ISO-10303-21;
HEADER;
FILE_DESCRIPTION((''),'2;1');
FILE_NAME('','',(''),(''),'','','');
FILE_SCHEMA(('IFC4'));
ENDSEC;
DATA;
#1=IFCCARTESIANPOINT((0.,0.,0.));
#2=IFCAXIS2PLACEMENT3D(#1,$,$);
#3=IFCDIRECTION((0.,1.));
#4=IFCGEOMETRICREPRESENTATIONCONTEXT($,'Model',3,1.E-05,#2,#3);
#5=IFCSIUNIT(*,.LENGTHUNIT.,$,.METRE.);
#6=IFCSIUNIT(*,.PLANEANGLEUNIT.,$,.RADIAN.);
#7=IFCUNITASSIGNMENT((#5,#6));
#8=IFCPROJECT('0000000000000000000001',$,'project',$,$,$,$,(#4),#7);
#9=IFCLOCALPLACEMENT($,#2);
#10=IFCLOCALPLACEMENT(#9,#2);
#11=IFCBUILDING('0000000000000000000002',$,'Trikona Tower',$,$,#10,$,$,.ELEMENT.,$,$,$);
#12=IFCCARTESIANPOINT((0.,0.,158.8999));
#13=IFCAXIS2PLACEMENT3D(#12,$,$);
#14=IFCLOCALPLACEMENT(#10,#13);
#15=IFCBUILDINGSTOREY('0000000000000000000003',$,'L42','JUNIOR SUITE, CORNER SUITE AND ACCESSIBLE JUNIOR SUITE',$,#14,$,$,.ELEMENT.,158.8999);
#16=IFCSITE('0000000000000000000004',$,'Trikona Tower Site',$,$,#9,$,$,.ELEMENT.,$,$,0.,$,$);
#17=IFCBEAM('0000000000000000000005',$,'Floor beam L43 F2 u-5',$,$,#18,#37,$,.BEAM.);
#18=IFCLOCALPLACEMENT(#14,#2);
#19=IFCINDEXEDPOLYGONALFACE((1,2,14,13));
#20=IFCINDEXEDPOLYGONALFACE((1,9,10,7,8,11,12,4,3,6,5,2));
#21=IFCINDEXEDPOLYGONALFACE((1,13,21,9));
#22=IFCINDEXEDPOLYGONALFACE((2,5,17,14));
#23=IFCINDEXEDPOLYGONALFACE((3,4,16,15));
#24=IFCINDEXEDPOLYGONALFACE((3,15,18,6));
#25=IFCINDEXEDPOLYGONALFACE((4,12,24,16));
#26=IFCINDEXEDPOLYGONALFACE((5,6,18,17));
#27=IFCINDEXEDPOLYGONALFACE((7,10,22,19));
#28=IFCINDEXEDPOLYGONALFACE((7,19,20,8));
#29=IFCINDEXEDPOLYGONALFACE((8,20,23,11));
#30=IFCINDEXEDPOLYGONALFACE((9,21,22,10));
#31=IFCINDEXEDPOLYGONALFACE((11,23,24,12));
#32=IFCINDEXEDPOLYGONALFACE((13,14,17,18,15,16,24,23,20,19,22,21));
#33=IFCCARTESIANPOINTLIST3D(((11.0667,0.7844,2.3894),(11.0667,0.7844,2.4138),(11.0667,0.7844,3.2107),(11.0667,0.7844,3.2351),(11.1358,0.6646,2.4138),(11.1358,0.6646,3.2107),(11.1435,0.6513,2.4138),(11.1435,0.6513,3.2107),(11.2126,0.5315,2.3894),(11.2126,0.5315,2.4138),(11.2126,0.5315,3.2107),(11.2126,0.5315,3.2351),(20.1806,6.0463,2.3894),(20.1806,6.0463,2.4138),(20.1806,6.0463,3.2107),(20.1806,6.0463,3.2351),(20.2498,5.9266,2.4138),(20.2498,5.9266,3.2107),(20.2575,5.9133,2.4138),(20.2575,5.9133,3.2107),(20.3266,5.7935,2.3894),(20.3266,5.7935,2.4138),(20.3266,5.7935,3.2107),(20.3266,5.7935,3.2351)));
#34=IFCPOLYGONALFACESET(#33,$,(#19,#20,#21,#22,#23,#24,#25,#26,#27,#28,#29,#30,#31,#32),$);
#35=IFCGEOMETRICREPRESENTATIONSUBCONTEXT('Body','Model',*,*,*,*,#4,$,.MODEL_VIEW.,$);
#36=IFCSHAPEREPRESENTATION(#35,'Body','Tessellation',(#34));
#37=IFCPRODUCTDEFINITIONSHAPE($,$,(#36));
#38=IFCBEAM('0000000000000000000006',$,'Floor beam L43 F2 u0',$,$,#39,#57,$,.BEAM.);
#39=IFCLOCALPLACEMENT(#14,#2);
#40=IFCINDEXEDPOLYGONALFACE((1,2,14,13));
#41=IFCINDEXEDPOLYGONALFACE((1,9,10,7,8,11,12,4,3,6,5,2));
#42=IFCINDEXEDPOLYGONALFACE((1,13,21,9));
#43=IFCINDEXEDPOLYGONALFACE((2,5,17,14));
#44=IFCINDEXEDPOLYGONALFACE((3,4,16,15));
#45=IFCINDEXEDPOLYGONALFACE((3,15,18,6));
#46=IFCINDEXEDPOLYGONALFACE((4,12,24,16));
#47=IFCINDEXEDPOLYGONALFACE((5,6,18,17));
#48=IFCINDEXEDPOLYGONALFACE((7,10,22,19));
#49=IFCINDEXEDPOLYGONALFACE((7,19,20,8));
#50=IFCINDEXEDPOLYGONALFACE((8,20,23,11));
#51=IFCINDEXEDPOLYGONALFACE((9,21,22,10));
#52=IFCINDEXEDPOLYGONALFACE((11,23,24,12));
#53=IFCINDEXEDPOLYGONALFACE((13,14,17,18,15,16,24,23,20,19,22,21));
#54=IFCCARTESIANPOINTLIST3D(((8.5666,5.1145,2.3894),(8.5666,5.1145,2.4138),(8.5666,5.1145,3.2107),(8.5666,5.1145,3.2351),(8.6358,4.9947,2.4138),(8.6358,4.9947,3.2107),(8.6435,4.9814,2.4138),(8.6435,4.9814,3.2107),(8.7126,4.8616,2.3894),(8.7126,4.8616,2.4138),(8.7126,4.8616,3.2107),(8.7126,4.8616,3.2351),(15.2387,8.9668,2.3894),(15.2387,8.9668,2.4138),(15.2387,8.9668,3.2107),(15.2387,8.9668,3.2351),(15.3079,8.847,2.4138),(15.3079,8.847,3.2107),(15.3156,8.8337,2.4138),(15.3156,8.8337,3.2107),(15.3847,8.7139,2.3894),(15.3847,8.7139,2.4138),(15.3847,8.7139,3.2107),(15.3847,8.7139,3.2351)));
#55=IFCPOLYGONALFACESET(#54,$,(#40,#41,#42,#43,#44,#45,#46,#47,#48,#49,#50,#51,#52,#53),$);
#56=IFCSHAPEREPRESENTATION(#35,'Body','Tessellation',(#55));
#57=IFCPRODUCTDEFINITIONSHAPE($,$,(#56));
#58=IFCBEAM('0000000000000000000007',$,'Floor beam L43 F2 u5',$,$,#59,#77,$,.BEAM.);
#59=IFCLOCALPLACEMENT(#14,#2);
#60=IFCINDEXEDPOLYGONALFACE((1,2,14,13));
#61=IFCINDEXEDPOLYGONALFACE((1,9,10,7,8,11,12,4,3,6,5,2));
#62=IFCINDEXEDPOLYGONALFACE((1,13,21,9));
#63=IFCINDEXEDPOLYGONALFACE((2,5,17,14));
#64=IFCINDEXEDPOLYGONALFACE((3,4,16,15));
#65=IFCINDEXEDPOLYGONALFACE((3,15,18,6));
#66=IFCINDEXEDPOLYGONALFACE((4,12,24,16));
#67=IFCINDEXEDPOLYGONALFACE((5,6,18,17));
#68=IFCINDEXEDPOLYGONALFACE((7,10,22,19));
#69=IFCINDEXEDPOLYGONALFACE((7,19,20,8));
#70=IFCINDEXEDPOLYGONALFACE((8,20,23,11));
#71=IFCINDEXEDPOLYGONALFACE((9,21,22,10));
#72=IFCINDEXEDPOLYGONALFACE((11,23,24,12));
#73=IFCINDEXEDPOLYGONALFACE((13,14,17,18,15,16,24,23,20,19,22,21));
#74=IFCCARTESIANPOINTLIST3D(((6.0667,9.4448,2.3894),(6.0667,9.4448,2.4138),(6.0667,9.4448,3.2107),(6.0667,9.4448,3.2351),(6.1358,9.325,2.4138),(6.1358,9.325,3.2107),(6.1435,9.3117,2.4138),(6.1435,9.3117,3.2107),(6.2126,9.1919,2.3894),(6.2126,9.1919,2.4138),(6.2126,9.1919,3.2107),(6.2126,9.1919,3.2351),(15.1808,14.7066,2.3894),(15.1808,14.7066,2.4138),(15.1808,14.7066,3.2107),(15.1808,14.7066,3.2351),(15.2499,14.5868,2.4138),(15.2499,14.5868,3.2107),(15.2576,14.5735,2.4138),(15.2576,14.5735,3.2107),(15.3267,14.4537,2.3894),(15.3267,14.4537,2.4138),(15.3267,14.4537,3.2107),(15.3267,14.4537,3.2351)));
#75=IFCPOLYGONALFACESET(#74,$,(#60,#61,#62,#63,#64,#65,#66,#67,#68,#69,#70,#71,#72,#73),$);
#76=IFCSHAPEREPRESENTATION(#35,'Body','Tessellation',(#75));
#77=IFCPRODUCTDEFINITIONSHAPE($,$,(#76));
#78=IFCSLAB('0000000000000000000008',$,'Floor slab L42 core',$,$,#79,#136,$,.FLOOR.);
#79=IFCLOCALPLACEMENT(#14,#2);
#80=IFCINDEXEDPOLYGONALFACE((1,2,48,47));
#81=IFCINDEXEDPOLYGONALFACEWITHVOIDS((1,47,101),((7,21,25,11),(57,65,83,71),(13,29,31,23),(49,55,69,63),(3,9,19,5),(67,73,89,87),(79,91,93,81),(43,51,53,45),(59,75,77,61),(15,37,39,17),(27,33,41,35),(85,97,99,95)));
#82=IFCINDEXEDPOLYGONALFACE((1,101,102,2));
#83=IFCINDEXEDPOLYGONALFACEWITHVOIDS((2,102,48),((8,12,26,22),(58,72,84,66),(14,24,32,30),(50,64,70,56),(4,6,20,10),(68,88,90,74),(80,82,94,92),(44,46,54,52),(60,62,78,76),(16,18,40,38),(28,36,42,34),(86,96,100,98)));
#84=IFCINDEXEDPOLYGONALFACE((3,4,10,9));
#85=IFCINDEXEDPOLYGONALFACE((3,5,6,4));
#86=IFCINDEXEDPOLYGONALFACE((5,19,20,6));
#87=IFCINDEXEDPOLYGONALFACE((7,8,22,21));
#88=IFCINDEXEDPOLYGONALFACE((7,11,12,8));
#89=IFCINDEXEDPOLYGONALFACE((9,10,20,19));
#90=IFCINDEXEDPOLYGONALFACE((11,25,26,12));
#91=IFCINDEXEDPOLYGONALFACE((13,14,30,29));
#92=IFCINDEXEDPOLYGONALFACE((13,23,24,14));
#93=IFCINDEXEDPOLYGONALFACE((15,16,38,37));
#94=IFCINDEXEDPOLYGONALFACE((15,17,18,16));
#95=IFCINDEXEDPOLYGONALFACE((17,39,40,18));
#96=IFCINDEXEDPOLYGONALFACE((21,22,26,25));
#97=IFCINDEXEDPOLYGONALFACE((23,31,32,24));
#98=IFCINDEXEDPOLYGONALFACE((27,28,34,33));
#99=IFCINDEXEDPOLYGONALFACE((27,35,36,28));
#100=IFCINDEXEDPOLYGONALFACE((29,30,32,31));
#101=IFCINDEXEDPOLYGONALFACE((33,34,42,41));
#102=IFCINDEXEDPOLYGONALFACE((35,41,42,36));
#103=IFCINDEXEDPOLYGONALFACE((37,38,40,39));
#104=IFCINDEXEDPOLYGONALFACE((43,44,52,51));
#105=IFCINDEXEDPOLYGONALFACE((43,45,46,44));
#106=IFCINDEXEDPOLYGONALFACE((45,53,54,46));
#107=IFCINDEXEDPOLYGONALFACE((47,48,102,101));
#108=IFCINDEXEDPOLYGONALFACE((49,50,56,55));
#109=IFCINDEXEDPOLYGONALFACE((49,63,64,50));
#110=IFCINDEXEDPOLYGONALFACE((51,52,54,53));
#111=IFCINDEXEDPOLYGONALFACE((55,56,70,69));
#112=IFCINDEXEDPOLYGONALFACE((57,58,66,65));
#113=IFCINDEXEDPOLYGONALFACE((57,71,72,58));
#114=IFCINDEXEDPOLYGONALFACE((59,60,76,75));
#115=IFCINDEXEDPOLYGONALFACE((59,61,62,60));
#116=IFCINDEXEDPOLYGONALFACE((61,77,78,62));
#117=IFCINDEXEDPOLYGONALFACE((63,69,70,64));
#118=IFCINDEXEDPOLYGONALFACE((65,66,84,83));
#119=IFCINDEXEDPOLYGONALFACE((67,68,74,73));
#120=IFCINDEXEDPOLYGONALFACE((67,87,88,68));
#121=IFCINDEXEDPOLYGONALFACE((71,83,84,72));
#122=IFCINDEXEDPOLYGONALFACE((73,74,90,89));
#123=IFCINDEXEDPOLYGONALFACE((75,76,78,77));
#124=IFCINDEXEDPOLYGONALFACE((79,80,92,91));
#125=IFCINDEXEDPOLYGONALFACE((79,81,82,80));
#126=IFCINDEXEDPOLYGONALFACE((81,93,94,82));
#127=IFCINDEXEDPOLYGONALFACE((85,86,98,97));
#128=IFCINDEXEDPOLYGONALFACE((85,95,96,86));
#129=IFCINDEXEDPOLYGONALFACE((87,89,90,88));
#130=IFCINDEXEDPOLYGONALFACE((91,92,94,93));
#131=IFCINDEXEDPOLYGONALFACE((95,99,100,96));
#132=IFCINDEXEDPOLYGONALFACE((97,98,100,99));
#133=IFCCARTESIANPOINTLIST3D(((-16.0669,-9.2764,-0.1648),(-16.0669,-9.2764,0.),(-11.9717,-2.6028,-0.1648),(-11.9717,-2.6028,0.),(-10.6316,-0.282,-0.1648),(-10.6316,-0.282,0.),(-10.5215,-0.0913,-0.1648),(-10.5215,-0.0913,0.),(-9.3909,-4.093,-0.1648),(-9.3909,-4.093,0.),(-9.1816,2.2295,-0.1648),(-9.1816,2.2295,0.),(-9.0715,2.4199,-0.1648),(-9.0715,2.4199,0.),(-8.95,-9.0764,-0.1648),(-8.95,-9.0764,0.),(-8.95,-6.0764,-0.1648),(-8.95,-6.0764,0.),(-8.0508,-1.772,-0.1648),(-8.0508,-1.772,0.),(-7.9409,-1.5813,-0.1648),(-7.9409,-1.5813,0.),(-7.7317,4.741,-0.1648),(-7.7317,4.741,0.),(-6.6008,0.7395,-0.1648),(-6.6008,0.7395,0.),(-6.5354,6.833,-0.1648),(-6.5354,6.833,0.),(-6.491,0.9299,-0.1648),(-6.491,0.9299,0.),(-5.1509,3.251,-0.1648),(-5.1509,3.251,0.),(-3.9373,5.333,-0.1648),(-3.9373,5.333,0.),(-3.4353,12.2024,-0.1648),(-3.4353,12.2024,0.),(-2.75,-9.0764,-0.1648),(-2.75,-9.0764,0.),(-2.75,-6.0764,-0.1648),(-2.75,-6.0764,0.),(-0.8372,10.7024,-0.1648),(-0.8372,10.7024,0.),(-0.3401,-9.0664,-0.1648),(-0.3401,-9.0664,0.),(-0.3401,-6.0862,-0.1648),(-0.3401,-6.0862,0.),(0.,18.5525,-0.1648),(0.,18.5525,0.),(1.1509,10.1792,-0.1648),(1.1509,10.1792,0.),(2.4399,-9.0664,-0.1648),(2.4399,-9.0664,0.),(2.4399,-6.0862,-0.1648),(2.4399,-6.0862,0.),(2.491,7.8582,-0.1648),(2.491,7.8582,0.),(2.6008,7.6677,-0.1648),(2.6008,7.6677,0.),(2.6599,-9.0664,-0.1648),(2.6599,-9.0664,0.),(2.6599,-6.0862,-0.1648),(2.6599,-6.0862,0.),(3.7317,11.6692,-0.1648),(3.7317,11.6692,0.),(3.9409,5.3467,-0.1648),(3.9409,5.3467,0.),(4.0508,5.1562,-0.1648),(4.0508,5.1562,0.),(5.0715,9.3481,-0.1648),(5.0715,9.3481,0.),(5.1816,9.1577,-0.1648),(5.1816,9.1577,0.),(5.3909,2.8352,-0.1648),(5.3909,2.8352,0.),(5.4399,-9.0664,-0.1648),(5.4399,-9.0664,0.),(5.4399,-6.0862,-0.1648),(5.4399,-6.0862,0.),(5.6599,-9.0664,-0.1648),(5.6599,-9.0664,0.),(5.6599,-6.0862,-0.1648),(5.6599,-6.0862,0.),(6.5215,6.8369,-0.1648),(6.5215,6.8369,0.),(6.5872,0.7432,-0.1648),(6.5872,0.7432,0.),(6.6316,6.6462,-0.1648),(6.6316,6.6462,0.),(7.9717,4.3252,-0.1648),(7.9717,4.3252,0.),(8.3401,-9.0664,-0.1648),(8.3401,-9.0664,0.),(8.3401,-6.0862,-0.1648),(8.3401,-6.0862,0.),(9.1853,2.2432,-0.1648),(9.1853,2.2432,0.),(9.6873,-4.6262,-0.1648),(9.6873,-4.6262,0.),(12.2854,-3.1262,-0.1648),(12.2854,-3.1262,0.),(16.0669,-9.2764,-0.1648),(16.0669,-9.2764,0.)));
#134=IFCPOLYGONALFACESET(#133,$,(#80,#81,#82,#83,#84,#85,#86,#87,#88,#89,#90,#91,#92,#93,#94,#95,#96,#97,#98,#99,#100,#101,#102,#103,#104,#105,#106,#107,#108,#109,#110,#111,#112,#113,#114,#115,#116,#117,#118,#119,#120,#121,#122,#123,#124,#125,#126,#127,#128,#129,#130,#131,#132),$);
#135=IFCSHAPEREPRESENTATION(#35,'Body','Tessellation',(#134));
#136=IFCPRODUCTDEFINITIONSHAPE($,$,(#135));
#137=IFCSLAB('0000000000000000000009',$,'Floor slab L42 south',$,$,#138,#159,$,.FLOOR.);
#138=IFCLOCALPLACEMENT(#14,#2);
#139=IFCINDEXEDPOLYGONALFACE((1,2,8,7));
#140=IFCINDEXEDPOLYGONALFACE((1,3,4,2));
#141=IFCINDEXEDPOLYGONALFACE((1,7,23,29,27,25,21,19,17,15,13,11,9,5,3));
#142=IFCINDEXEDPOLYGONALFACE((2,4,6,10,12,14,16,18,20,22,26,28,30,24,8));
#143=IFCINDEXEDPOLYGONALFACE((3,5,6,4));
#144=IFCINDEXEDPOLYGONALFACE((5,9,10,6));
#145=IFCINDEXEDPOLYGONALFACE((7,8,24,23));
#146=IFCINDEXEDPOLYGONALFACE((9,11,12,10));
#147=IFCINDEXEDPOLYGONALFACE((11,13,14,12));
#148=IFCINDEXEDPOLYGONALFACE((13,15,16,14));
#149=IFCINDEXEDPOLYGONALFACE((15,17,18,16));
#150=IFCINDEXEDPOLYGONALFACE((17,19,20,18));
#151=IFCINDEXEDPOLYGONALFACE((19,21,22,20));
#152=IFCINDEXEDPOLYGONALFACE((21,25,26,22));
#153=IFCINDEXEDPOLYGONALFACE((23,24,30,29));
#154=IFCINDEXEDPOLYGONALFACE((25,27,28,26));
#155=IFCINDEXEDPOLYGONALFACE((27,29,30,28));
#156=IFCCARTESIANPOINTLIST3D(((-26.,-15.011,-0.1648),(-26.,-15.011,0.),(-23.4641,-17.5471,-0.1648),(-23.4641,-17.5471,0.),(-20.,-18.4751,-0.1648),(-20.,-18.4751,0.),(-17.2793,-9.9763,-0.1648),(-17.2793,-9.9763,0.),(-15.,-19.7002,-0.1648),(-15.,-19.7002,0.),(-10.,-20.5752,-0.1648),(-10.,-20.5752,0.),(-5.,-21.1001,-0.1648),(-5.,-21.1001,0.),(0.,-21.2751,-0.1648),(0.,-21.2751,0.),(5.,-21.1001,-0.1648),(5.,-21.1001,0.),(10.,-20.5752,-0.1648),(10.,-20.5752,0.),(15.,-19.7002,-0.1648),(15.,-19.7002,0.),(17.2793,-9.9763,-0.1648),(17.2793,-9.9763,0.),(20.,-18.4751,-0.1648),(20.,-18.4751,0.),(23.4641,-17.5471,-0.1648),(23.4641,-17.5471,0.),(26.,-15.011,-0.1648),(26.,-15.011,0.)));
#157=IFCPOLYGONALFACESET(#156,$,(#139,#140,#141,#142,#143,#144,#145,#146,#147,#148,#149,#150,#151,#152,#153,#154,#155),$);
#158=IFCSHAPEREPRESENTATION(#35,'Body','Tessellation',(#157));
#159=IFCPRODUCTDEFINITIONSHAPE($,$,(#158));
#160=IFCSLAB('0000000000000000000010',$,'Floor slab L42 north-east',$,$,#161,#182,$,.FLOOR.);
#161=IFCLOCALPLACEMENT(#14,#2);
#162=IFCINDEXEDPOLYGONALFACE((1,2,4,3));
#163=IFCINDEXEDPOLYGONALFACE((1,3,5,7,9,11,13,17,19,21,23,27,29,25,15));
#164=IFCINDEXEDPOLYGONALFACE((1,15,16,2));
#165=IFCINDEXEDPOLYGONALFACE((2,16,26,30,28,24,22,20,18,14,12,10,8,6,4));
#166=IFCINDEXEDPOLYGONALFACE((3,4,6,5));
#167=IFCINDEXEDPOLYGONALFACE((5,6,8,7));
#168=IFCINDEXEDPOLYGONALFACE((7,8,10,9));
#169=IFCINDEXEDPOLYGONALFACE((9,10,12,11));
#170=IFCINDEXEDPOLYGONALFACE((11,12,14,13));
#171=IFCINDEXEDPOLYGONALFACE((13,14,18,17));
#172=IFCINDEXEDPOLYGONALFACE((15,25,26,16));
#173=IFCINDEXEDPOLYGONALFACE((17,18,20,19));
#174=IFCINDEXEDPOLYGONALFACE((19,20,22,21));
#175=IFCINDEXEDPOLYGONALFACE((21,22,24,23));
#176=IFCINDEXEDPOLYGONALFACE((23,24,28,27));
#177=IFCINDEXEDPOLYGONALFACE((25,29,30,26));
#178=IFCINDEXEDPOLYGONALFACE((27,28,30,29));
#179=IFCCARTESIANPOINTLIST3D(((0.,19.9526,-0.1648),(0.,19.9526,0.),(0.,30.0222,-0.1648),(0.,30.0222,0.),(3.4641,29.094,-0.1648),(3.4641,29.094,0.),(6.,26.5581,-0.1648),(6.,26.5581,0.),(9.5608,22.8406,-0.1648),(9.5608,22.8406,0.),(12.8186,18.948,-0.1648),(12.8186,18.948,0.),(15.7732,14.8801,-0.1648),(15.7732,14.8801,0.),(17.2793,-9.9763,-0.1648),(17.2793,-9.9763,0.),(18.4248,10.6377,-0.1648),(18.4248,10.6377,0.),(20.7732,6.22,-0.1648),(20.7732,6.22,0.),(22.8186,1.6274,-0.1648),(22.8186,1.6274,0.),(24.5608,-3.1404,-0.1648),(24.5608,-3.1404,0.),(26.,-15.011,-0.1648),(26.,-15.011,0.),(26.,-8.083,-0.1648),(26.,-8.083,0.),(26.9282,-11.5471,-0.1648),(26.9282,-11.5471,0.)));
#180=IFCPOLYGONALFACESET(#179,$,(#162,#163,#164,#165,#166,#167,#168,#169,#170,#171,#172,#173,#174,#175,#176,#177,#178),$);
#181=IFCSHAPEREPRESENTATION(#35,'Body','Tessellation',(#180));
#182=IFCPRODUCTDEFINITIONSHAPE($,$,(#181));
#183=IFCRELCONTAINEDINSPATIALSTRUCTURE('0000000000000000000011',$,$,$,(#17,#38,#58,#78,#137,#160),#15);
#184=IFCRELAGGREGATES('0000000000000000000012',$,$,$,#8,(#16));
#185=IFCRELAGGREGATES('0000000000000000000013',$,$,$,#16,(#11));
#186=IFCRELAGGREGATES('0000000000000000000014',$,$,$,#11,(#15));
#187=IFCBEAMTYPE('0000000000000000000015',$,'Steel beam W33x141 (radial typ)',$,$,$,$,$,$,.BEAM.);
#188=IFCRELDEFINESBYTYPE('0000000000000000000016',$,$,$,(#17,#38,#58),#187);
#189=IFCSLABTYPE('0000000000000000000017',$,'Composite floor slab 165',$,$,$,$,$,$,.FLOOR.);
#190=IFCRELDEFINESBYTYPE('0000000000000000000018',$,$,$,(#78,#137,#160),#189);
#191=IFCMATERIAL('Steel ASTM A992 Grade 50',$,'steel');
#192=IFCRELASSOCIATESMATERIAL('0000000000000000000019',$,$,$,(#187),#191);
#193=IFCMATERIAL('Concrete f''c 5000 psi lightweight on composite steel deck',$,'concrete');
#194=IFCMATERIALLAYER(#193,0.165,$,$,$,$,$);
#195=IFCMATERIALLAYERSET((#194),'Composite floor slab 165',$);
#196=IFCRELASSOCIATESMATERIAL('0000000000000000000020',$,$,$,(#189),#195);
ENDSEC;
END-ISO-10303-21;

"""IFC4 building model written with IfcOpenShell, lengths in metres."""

from ifc_helpers import new_model, si_unit, direction, frame, origin, origin_2d, place, context, subcontext, project, spatial, polyline, i_section, outline, extrude, material, layer, layer_set, material_profile, profile_set, type_object, element, save


model = new_model("IFC4")

# Units and contexts
model_context = context("Model", 3, precision=1e-05, world=origin(), true_north=direction((0.0, 1.0)))
body_context = subcontext(model_context, "Body", "Model", "MODEL_VIEW")
ifc_project = project(units=[si_unit("LENGTHUNIT", "METRE"), si_unit("PLANEANGLEUNIT", "RADIAN")], contexts=[model_context])

# Site, building, storey
site_placement = place(None, origin())
site = spatial("IfcSite", under=ifc_project, at=site_placement, Name="Trikona Tower Site", CompositionType="ELEMENT", RefElevation=0.0)
building_placement = place(site_placement, origin())
building = spatial("IfcBuilding", under=site, at=building_placement, Name="Trikona Tower", CompositionType="ELEMENT")
storey_placement = place(building_placement, frame((0.0, 0.0, 158.8999)))
storey = spatial("IfcBuildingStorey", under=building, at=storey_placement, Name="L42", Description="JUNIOR SUITE, CORNER SUITE AND ACCESSIBLE JUNIOR SUITE", CompositionType="ELEMENT", Elevation=158.8999)

# Beams
ifc_material_1 = material(Name="Steel ASTM A992 Grade 50", Category="steel")
ifc_material_profile = material_profile(ifc_material_1, i_section(OverallWidth=0.292, OverallDepth=0.8457, WebThickness=0.0154, FlangeThickness=0.0244, at=origin_2d()), Name="W33X141")
ifc_profile_set = profile_set([ifc_material_profile], Name="Steel ASTM A992 Grade 50")
beam_type = type_object("IfcBeamType", Name="Steel beam W33x141 (radial typ)", PredefinedType="BEAM", material=ifc_profile_set)
beam_1_placement = place(storey_placement, frame((11.1396, 0.658, 2.8123), z_axis=(0.866026, 0.499999, 0.0), x_axis=(-0.499999, 0.866026, 0.0)))
element("IfcBeam", 1, at=beam_1_placement, inside=storey, type_object=beam_type, Name="Floor beam L43 F2 u-5", PredefinedType="BEAM", context=body_context, shape_type="SweptSolid", body=[
    extrude(i_section(OverallWidth=0.292, OverallDepth=0.8457, WebThickness=0.0154, FlangeThickness=0.0244, at=origin_2d()), origin(), (0.0, 0.0, 1.0), 10.5239),
])
beam_2_placement = place(storey_placement, frame((8.6396, 4.988, 2.8123), z_axis=(0.866017, 0.500014, 0.0), x_axis=(-0.500014, 0.866017, 0.0)))
element("IfcBeam", 2, at=beam_2_placement, inside=storey, type_object=beam_type, Name="Floor beam L43 F2 u0", PredefinedType="BEAM", context=body_context, shape_type="SweptSolid", body=[
    extrude(i_section(OverallWidth=0.292, OverallDepth=0.8457, WebThickness=0.0154, FlangeThickness=0.0244, at=origin_2d()), origin(), (0.0, 0.0, 1.0), 7.7043),
])
beam_3_placement = place(storey_placement, frame((6.1396, 9.3184, 2.8123), z_axis=(0.866036, 0.499982, 0.0), x_axis=(-0.499982, 0.866036, 0.0)))
element("IfcBeam", 3, at=beam_3_placement, inside=storey, type_object=beam_type, Name="Floor beam L43 F2 u5", PredefinedType="BEAM", context=body_context, shape_type="SweptSolid", body=[
    extrude(i_section(OverallWidth=0.292, OverallDepth=0.8457, WebThickness=0.0154, FlangeThickness=0.0244, at=origin_2d()), origin(), (0.0, 0.0, 1.0), 10.5239),
])

# Slabs
ifc_material_2 = material(Name="Concrete f'c 5000 psi lightweight on composite steel deck", Category="concrete")
ifc_layer_1 = layer(ifc_material_2, 0.165)
ifc_layer_set_1 = layer_set([ifc_layer_1], Name="Composite floor slab 165")
slab_type_1 = type_object("IfcSlabType", Name="Composite floor slab 165", PredefinedType="FLOOR", material=ifc_layer_set_1)
slab_1_placement = place(storey_placement, frame((0.0, 0.0, -0.1648)))
element("IfcSlab", 4, at=slab_1_placement, inside=storey, type_object=slab_type_1, Name="Floor slab L42 core", PredefinedType="FLOOR", context=body_context, shape_type="SweptSolid", body=[
    extrude(outline(polyline([(-16.0669, -9.2764), (16.0669, -9.2764), (0.0, 18.5525), (-16.0669, -9.2764)]), holes=[polyline([(12.2854, -3.1262), (9.1853, 2.2432), (6.5872, 0.7432), (9.6873, -4.6262), (12.2854, -3.1262)]), polyline([(8.3401, -9.0664), (8.3401, -6.0862), (5.6599, -6.0862), (5.6599, -9.0664), (8.3401, -9.0664)]), polyline([(5.3909, 2.8352), (7.9717, 4.3252), (6.6316, 6.6462), (4.0508, 5.1562), (5.3909, 2.8352)]), polyline([(2.6008, 7.6677), (3.9409, 5.3467), (6.5215, 6.8369), (5.1816, 9.1577), (2.6008, 7.6677)]), polyline([(5.4399, -6.0862), (2.6599, -6.0862), (2.6599, -9.0664), (5.4399, -9.0664), (5.4399, -6.0862)]), polyline([(3.7317, 11.6692), (1.1509, 10.1792), (2.491, 7.8582), (5.0715, 9.3481), (3.7317, 11.6692)]), polyline([(-0.3401, -6.0862), (-0.3401, -9.0664), (2.4399, -9.0664), (2.4399, -6.0862), (-0.3401, -6.0862)]), polyline([(-3.4353, 12.2024), (-6.5354, 6.833), (-3.9373, 5.333), (-0.8372, 10.7024), (-3.4353, 12.2024)]), polyline([(-8.95, -9.0764), (-2.75, -9.0764), (-2.75, -6.0764), (-8.95, -6.0764), (-8.95, -9.0764)]), polyline([(-5.1509, 3.251), (-7.7317, 4.741), (-9.0715, 2.4199), (-6.491, 0.9299), (-5.1509, 3.251)]), polyline([(-7.9409, -1.5813), (-6.6008, 0.7395), (-9.1816, 2.2295), (-10.5215, -0.0913), (-7.9409, -1.5813)]), polyline([(-11.9717, -2.6028), (-9.3909, -4.093), (-8.0508, -1.772), (-10.6316, -0.282), (-11.9717, -2.6028)])]), origin(), (0.0, 0.0, 1.0), 0.1648),
])
slab_2_placement = place(storey_placement, frame((0.0, 0.0, -0.1648)))
element("IfcSlab", 5, at=slab_2_placement, inside=storey, type_object=slab_type_1, Name="Floor slab L42 south", PredefinedType="FLOOR", context=body_context, shape_type="SweptSolid", body=[
    extrude(outline(polyline([(23.4641, -17.5471), (26.0, -15.011), (17.2793, -9.9763), (-17.2793, -9.9763), (-26.0, -15.011), (-23.4641, -17.5471), (-20.0, -18.4751), (-15.0, -19.7002), (-10.0, -20.5752), (-5.0, -21.1001), (0.0, -21.2751), (5.0, -21.1001), (10.0, -20.5752), (15.0, -19.7002), (20.0, -18.4751), (23.4641, -17.5471)])), origin(), (0.0, 0.0, 1.0), 0.1648),
])
slab_3_placement = place(storey_placement, frame((0.0, 0.0, -0.1648)))
element("IfcSlab", 6, at=slab_3_placement, inside=storey, type_object=slab_type_1, Name="Floor slab L42 north-east", PredefinedType="FLOOR", context=body_context, shape_type="SweptSolid", body=[
    extrude(outline(polyline([(3.4641, 29.094), (0.0, 30.0222), (0.0, 19.9526), (17.2793, -9.9763), (26.0, -15.011), (26.9282, -11.5471), (26.0, -8.083), (24.5608, -3.1404), (22.8186, 1.6274), (20.7732, 6.22), (18.4248, 10.6377), (15.7732, 14.8801), (12.8186, 18.948), (9.5608, 22.8406), (6.0, 26.5581), (3.4641, 29.094)])), origin(), (0.0, 0.0, 1.0), 0.1648),
])

save(model, "model.ifc")
